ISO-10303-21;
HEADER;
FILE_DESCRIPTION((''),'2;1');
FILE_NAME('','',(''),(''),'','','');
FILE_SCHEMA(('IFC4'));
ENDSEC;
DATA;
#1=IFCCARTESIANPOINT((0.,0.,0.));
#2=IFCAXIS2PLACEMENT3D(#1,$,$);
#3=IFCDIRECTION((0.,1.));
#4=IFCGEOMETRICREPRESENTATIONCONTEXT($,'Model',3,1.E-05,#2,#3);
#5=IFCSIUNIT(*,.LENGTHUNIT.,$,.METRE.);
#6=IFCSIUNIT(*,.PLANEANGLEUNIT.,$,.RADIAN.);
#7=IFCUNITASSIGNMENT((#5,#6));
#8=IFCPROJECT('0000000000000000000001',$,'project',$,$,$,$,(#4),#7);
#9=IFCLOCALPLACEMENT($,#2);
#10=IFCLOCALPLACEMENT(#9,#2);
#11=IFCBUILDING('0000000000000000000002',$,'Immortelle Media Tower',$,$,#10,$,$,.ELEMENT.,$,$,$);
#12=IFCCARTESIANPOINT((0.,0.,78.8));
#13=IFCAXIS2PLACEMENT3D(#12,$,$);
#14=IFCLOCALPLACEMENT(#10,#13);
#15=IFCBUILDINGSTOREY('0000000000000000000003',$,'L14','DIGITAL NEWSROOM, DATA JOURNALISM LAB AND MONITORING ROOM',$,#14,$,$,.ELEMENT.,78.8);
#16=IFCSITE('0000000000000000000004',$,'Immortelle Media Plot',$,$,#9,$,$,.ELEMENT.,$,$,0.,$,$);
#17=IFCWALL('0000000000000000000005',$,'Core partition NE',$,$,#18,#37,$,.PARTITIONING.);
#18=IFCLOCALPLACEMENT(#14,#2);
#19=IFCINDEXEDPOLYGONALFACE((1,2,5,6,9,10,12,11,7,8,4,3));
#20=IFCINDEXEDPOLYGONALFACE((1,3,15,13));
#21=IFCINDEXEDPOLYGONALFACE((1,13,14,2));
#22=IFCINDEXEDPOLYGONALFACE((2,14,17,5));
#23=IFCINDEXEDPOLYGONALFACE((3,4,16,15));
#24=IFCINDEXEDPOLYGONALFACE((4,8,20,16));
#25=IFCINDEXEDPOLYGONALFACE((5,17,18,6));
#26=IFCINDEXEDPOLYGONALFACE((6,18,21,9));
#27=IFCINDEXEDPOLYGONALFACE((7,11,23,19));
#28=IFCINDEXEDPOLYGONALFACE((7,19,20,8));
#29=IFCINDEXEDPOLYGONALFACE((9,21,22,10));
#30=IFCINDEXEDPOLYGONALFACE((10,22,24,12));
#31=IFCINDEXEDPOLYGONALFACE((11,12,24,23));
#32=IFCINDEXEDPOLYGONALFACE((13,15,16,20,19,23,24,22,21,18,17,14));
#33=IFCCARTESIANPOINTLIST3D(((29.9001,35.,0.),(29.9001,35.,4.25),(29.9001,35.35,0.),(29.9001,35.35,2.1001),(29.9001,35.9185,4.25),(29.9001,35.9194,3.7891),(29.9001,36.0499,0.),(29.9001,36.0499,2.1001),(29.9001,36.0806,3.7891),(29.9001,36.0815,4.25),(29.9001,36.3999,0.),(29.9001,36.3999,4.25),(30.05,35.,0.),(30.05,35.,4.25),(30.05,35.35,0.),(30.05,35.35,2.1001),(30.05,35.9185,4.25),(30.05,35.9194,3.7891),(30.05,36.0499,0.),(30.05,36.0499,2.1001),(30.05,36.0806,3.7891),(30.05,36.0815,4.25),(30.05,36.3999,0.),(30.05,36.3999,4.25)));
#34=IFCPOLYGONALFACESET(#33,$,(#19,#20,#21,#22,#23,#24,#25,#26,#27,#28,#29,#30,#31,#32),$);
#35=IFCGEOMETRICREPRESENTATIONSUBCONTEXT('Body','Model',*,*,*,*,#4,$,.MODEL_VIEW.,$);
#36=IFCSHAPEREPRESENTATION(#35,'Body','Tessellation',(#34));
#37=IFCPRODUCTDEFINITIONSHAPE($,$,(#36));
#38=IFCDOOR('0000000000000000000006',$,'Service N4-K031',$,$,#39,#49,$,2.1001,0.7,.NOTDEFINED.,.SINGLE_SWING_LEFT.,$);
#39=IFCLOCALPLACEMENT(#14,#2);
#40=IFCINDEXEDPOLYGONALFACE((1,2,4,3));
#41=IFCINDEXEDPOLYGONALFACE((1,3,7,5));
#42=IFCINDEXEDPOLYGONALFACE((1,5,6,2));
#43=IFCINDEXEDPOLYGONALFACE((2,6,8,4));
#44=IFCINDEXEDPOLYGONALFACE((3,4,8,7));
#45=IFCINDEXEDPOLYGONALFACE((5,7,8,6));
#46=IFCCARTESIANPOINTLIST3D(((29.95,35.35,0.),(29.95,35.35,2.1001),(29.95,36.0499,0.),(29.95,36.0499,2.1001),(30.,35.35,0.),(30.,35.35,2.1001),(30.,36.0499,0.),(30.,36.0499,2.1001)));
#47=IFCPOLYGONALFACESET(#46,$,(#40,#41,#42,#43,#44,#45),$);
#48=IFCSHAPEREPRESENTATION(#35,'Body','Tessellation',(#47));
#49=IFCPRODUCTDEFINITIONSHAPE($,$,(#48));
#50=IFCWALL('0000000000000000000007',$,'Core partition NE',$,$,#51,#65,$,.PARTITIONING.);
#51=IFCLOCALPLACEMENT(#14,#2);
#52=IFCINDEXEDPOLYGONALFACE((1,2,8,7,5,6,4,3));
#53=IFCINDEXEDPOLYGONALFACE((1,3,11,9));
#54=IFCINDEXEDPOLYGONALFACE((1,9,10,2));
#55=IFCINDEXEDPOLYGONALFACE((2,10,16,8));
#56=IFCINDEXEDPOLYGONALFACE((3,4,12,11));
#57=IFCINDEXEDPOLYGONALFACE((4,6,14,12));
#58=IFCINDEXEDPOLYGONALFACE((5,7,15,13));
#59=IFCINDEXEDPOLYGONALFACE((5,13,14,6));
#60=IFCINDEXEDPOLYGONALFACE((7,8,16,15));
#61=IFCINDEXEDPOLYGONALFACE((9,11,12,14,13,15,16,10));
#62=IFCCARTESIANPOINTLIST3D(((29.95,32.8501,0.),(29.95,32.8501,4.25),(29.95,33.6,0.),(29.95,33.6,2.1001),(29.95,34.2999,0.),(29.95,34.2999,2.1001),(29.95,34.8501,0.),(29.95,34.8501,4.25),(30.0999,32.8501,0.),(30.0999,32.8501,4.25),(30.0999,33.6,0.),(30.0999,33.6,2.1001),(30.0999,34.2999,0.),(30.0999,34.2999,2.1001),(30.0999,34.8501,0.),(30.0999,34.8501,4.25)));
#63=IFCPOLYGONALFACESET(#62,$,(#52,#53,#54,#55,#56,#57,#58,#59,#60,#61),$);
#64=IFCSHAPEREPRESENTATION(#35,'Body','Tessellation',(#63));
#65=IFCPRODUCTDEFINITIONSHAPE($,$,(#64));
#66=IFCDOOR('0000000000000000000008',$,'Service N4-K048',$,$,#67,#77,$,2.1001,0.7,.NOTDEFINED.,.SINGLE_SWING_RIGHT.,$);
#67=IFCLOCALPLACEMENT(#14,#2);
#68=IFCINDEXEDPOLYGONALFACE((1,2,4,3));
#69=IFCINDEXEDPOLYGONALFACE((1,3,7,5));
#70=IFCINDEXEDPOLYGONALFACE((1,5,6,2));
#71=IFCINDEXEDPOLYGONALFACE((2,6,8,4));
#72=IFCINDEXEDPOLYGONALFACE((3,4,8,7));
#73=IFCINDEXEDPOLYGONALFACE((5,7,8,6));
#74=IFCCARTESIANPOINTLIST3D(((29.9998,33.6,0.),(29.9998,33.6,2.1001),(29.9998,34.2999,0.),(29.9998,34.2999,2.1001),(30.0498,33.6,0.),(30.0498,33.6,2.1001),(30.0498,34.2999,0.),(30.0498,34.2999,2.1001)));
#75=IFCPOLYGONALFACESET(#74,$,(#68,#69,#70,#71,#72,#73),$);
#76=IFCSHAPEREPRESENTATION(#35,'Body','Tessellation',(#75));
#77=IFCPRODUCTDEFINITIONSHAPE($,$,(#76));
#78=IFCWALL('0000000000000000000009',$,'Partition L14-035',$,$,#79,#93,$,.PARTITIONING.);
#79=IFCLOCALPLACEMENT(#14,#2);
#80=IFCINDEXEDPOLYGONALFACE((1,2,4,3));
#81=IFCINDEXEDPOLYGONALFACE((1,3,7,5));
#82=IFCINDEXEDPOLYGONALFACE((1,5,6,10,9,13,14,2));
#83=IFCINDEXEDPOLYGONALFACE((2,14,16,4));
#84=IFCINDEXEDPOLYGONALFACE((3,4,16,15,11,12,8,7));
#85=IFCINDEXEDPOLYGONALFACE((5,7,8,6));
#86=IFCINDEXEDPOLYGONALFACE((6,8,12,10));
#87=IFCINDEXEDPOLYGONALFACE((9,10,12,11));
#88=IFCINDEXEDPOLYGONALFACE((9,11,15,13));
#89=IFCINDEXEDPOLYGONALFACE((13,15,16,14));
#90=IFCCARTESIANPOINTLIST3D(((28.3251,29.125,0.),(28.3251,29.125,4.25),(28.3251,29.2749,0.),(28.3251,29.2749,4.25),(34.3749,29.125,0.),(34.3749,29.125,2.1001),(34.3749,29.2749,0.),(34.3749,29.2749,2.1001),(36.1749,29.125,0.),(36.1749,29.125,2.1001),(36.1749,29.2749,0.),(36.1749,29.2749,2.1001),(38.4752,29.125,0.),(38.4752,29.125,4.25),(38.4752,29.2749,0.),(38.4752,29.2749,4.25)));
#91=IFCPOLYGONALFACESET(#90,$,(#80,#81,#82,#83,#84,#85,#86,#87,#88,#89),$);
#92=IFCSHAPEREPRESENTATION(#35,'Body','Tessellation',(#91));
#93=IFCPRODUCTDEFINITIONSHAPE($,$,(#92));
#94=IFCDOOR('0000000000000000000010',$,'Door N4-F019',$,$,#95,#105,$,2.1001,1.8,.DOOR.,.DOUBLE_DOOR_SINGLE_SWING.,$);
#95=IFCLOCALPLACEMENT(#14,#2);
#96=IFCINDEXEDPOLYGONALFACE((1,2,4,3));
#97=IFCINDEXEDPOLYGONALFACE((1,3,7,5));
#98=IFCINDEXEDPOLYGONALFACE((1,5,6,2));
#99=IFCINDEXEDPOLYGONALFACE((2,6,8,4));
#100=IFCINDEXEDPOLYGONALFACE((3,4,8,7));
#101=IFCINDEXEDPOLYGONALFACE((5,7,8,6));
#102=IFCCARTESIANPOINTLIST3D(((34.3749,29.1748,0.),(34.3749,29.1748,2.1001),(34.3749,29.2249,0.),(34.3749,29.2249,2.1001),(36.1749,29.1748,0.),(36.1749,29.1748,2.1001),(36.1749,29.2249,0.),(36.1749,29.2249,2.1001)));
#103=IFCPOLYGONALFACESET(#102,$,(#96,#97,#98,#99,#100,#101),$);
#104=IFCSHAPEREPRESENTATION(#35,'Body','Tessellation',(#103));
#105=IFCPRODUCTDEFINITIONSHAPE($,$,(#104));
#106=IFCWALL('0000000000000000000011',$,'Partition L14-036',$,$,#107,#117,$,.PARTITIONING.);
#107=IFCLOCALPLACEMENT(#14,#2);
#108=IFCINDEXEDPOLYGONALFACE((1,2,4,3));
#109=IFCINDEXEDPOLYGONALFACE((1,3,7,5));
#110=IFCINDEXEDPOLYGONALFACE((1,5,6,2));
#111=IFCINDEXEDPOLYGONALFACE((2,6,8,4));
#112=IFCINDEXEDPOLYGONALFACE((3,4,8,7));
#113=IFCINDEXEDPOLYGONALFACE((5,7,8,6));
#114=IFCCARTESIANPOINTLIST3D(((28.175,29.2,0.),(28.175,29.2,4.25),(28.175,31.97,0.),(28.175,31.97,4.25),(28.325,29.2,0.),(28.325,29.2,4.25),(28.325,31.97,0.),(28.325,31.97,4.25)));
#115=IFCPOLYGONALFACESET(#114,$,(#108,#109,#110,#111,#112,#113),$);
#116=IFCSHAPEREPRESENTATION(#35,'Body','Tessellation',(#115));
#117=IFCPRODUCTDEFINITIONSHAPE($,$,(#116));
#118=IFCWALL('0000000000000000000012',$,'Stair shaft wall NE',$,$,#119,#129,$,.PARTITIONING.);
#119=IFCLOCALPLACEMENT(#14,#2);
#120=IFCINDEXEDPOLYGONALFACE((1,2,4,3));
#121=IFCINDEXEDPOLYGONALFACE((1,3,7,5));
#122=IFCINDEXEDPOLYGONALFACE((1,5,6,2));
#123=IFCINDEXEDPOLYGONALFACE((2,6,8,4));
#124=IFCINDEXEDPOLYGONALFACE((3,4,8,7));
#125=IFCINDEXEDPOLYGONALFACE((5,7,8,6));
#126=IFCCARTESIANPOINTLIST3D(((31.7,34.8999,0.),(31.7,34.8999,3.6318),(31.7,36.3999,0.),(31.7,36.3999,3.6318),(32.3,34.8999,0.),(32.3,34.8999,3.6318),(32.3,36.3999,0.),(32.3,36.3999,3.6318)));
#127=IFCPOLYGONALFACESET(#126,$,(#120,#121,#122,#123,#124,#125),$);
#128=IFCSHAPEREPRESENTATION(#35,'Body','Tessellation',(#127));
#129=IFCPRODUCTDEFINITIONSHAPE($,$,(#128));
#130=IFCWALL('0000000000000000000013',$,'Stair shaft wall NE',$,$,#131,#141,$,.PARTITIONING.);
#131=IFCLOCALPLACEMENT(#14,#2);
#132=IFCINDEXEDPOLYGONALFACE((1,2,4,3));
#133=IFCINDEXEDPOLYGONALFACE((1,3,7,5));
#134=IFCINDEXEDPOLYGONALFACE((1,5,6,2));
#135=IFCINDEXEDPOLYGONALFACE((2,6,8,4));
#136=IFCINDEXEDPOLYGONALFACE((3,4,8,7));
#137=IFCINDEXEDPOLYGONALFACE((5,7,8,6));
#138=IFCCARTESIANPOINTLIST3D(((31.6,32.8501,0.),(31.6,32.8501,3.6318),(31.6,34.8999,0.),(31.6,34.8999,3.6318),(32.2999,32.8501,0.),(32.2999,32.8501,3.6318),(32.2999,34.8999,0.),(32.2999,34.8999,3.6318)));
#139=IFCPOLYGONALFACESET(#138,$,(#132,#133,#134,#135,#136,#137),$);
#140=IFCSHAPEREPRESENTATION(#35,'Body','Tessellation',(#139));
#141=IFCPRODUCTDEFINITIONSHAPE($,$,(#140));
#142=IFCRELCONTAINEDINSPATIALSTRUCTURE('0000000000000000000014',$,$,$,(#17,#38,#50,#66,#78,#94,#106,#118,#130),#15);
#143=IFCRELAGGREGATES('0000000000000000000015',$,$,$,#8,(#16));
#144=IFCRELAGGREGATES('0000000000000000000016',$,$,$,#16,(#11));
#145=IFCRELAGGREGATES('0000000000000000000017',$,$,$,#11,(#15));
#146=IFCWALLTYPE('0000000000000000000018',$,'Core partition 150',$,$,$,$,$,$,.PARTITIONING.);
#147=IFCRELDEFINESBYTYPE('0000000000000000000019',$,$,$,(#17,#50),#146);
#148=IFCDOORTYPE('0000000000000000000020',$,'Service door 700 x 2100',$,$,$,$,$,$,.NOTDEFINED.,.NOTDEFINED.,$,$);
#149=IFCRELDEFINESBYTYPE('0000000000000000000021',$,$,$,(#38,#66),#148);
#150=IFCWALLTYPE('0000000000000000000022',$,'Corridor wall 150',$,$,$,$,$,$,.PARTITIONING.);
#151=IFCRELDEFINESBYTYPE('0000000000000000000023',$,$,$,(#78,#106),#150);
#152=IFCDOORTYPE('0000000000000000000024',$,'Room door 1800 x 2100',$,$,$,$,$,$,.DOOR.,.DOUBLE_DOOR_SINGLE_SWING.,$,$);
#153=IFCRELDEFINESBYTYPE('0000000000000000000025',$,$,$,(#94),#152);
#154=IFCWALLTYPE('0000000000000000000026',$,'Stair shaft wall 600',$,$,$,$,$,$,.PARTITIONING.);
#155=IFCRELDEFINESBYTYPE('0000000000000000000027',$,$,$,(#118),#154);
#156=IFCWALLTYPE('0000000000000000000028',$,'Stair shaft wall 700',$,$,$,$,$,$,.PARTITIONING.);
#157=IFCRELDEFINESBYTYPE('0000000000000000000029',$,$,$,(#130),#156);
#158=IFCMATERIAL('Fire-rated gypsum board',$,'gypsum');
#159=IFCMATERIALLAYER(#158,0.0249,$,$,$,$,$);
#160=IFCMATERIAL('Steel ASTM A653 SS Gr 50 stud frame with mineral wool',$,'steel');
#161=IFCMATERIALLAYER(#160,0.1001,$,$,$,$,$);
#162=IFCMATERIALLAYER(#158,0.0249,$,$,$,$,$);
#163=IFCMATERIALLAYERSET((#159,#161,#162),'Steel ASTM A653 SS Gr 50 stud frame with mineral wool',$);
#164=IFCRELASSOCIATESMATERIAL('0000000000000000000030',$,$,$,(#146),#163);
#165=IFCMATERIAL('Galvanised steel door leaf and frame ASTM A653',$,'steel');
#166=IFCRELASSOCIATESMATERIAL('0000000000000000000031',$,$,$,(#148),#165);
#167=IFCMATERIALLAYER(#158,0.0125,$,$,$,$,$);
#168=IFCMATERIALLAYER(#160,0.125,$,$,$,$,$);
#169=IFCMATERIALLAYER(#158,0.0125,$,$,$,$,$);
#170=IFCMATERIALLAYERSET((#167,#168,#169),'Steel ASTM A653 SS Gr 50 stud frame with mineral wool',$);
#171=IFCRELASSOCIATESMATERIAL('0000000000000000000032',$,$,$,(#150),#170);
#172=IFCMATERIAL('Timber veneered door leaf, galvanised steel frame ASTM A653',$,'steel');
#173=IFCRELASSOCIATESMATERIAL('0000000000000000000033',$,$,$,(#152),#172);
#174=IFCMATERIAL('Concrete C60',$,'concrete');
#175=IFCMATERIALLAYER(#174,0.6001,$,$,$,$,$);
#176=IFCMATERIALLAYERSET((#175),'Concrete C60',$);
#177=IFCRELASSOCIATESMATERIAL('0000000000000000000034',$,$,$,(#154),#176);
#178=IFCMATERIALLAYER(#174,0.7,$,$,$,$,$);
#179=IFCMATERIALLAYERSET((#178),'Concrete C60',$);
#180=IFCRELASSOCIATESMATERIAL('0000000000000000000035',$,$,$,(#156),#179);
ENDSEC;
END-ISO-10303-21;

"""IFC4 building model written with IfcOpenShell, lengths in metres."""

from ifc_helpers import new_model, si_unit, direction, frame, frame_2d, origin, place, context, subcontext, project, spatial, polyline, rectangle, outline, extrude, material, layer, layer_set, type_object, element, fill, save


model = new_model("IFC4")

# Units and contexts
model_context = context("Model", 3, precision=1e-05, world=origin(), true_north=direction((0.0, 1.0)))
body_context = subcontext(model_context, "Body", "Model", "MODEL_VIEW")
ifc_project = project(units=[si_unit("LENGTHUNIT", "METRE"), si_unit("PLANEANGLEUNIT", "RADIAN")], contexts=[model_context])

# Site, building, storey
site_placement = place(None, origin())
site = spatial("IfcSite", under=ifc_project, at=site_placement, Name="Immortelle Media Plot", CompositionType="ELEMENT", RefElevation=0.0)
building_placement = place(site_placement, origin())
building = spatial("IfcBuilding", under=site, at=building_placement, Name="Immortelle Media Tower", CompositionType="ELEMENT")
storey_placement = place(building_placement, frame((0.0, 0.0, 78.8)))
storey = spatial("IfcBuildingStorey", under=building, at=storey_placement, Name="L14", Description="DIGITAL NEWSROOM, DATA JOURNALISM LAB AND MONITORING ROOM", CompositionType="ELEMENT", Elevation=78.8)

# Shared definitions
ifc_material_1 = material(Name="Fire-rated gypsum board", Category="gypsum")
ifc_material_2 = material(Name="Steel ASTM A653 SS Gr 50 stud frame with mineral wool", Category="steel")

# Shared definitions
ifc_layer_1 = layer(ifc_material_1, 0.0249)
ifc_layer_2 = layer(ifc_material_2, 0.1001)
ifc_layer_3 = layer(ifc_material_1, 0.0249)
ifc_layer_set_1 = layer_set([ifc_layer_1, ifc_layer_2, ifc_layer_3], Name="Steel ASTM A653 SS Gr 50 stud frame with mineral wool")
wall_type_1 = type_object("IfcWallType", Name="Core partition 150", PredefinedType="PARTITIONING", material=ifc_layer_set_1)
ifc_material_3 = material(Name="Galvanised steel door leaf and frame ASTM A653", Category="steel")
door_type_1 = type_object("IfcDoorType", Name="Service door 700 x 2100", OperationType="NOTDEFINED", PredefinedType="NOTDEFINED", material=ifc_material_3)

# Walls, openings, doors
wall_1_placement = place(storey_placement, frame((29.9751, 35.0, 0.0), z_axis=(0.0, 0.0, 1.0), x_axis=(0.0, 1.0, 0.0)))
wall_1 = element("IfcWall", 1, at=wall_1_placement, inside=storey, type_object=wall_type_1, Name="Core partition NE", PredefinedType="PARTITIONING", context=body_context, shape_type="SweptSolid", body=[
    extrude(outline(polyline([(0.0, 0.0), (1.3999, 0.0), (1.3999, 4.25), (1.0815, 4.25), (1.0806, 3.7891), (0.9194, 3.7891), (0.9185, 4.25), (0.0, 4.25), (0.0, 0.0)])), frame((0.0, 0.075, 0.0), z_axis=(0.0, -1.0, 0.0), x_axis=(1.0, 0.0, 0.0)), (0.0, 0.0, 1.0), 0.1499),
])
opening_1_placement = place(wall_1_placement, frame((1.05, 0.0, 0.0), z_axis=(0.0, 0.0, 1.0), x_axis=(-1.0, 0.0, 0.0)))
opening_1 = element("IfcOpeningElement", 2, at=opening_1_placement, cuts=wall_1, PredefinedType="OPENING", context=body_context, shape_type="SweptSolid", body=[
    extrude(rectangle(XDim=0.7, YDim=2.1001, at=frame_2d((0.3501, 1.05))), frame((0.0, 0.085, 0.0), z_axis=(0.0, -1.0, 0.0), x_axis=(1.0, 0.0, 0.0)), (0.0, 0.0, 1.0), 0.1699),
])
door_1_placement = place(opening_1_placement, origin())
door_1 = element("IfcDoor", 3, at=door_1_placement, inside=storey, type_object=door_type_1, Name="Service N4-K031", OperationType="SINGLE_SWING_LEFT", OverallHeight=2.1001, OverallWidth=0.7, PredefinedType="NOTDEFINED", context=body_context, shape_type="SweptSolid", body=[
    extrude(rectangle(XDim=0.7, YDim=2.1001, at=frame_2d((0.3501, 1.05))), frame((0.0, 0.0249, 0.0), z_axis=(0.0, -1.0, 0.0), x_axis=(1.0, 0.0, 0.0)), (0.0, 0.0, 1.0), 0.05),
])
fill(opening_1, door_1)
wall_2_placement = place(storey_placement, frame((30.0249, 32.8501, 0.0), z_axis=(0.0, 0.0, 1.0), x_axis=(0.0, 1.0, 0.0)))
wall_2 = element("IfcWall", 4, at=wall_2_placement, inside=storey, type_object=wall_type_1, Name="Core partition NE", PredefinedType="PARTITIONING", context=body_context, shape_type="SweptSolid", body=[
    extrude(rectangle(XDim=2.0, YDim=0.1499, at=frame_2d((1.0, 0.0))), origin(), (0.0, 0.0, 1.0), 4.25),
])
opening_2_placement = place(wall_2_placement, frame((1.45, 0.0, 0.0), z_axis=(0.0, 0.0, 1.0), x_axis=(-1.0, 0.0, 0.0)))
opening_2 = element("IfcOpeningElement", 5, at=opening_2_placement, cuts=wall_2, PredefinedType="OPENING", context=body_context, shape_type="SweptSolid", body=[
    extrude(rectangle(XDim=0.7, YDim=2.1001, at=frame_2d((0.3501, 1.05))), frame((0.0, 0.085, 0.0), z_axis=(0.0, -1.0, 0.0), x_axis=(1.0, 0.0, 0.0)), (0.0, 0.0, 1.0), 0.1699),
])
door_2_placement = place(opening_2_placement, origin())
door_2 = element("IfcDoor", 6, at=door_2_placement, inside=storey, type_object=door_type_1, Name="Service N4-K048", OperationType="SINGLE_SWING_RIGHT", OverallHeight=2.1001, OverallWidth=0.7, PredefinedType="NOTDEFINED", context=body_context, shape_type="SweptSolid", body=[
    extrude(rectangle(XDim=0.7, YDim=2.1001, at=frame_2d((0.3501, 1.05))), frame((0.0, 0.0249, 0.0), z_axis=(0.0, -1.0, 0.0), x_axis=(1.0, 0.0, 0.0)), (0.0, 0.0, 1.0), 0.05),
])
fill(opening_2, door_2)
ifc_layer_4 = layer(ifc_material_1, 0.0125)
ifc_layer_5 = layer(ifc_material_2, 0.125)
ifc_layer_6 = layer(ifc_material_1, 0.0125)
ifc_layer_set_2 = layer_set([ifc_layer_4, ifc_layer_5, ifc_layer_6], Name="Steel ASTM A653 SS Gr 50 stud frame with mineral wool")
wall_type_2 = type_object("IfcWallType", Name="Corridor wall 150", PredefinedType="PARTITIONING", material=ifc_layer_set_2)
wall_3_placement = place(storey_placement, frame((28.325, 29.2, 0.0), z_axis=(0.0, 0.0, 1.0), x_axis=(1.0, 0.0, 0.0)))
wall_3 = element("IfcWall", 7, at=wall_3_placement, inside=storey, type_object=wall_type_2, Name="Partition L14-035", PredefinedType="PARTITIONING", context=body_context, shape_type="SweptSolid", body=[
    extrude(rectangle(XDim=10.1501, YDim=0.1499, at=frame_2d((5.0752, 0.0))), origin(), (0.0, 0.0, 1.0), 4.25),
])
opening_3_placement = place(wall_3_placement, frame((6.05, 0.0, 0.0)))
opening_3 = element("IfcOpeningElement", 8, at=opening_3_placement, cuts=wall_3, PredefinedType="OPENING", context=body_context, shape_type="SweptSolid", body=[
    extrude(rectangle(XDim=1.8, YDim=2.1001, at=frame_2d((0.8999, 1.05))), frame((0.0, 0.085, 0.0), z_axis=(0.0, -1.0, 0.0), x_axis=(1.0, 0.0, 0.0)), (0.0, 0.0, 1.0), 0.1699),
])
ifc_material_4 = material(Name="Timber veneered door leaf, galvanised steel frame ASTM A653", Category="steel")
door_type_2 = type_object("IfcDoorType", Name="Room door 1800 x 2100", OperationType="DOUBLE_DOOR_SINGLE_SWING", PredefinedType="DOOR", material=ifc_material_4)
door_3_placement = place(opening_3_placement, origin())
door_3 = element("IfcDoor", 9, at=door_3_placement, inside=storey, type_object=door_type_2, Name="Door N4-F019", OperationType="DOUBLE_DOOR_SINGLE_SWING", OverallHeight=2.1001, OverallWidth=1.8, PredefinedType="DOOR", context=body_context, shape_type="SweptSolid", body=[
    extrude(rectangle(XDim=1.8, YDim=2.1001, at=frame_2d((0.8999, 1.05))), frame((0.0, 0.0249, 0.0), z_axis=(0.0, -1.0, 0.0), x_axis=(1.0, 0.0, 0.0)), (0.0, 0.0, 1.0), 0.05),
])
fill(opening_3, door_3)

# Walls
wall_4_placement = place(storey_placement, frame((28.25, 29.2, 0.0), z_axis=(0.0, 0.0, 1.0), x_axis=(0.0, 1.0, 0.0)))
element("IfcWall", 10, at=wall_4_placement, inside=storey, type_object=wall_type_2, Name="Partition L14-036", PredefinedType="PARTITIONING", context=body_context, shape_type="SweptSolid", body=[
    extrude(rectangle(XDim=2.77, YDim=0.1499, at=frame_2d((1.385, 0.0))), origin(), (0.0, 0.0, 1.0), 4.25),
])
ifc_material_5 = material(Name="Concrete C60", Category="concrete")
ifc_layer_7 = layer(ifc_material_5, 0.6001)
ifc_layer_set_3 = layer_set([ifc_layer_7], Name="Concrete C60")
wall_type_3 = type_object("IfcWallType", Name="Stair shaft wall 600", PredefinedType="PARTITIONING", material=ifc_layer_set_3)
wall_5_placement = place(storey_placement, frame((32.0, 34.8999, 0.0), z_axis=(0.0, 0.0, 1.0), x_axis=(0.0, 1.0, 0.0)))
element("IfcWall", 11, at=wall_5_placement, inside=storey, type_object=wall_type_3, Name="Stair shaft wall NE", PredefinedType="PARTITIONING", context=body_context, shape_type="SweptSolid", body=[
    extrude(rectangle(XDim=1.5, YDim=0.6001, at=frame_2d((0.75, 0.0))), origin(), (0.0, 0.0, 1.0), 3.6318),
])
ifc_layer_8 = layer(ifc_material_5, 0.7)
ifc_layer_set_4 = layer_set([ifc_layer_8], Name="Concrete C60")
wall_type_4 = type_object("IfcWallType", Name="Stair shaft wall 700", PredefinedType="PARTITIONING", material=ifc_layer_set_4)
wall_6_placement = place(storey_placement, frame((31.95, 32.8501, 0.0), z_axis=(0.0, 0.0, 1.0), x_axis=(0.0, 1.0, 0.0)))
element("IfcWall", 12, at=wall_6_placement, inside=storey, type_object=wall_type_4, Name="Stair shaft wall NE", PredefinedType="PARTITIONING", context=body_context, shape_type="SweptSolid", body=[
    extrude(rectangle(XDim=2.0498, YDim=0.7, at=frame_2d((1.0249, 0.0))), origin(), (0.0, 0.0, 1.0), 3.6318),
])

save(model, "model.ifc")
